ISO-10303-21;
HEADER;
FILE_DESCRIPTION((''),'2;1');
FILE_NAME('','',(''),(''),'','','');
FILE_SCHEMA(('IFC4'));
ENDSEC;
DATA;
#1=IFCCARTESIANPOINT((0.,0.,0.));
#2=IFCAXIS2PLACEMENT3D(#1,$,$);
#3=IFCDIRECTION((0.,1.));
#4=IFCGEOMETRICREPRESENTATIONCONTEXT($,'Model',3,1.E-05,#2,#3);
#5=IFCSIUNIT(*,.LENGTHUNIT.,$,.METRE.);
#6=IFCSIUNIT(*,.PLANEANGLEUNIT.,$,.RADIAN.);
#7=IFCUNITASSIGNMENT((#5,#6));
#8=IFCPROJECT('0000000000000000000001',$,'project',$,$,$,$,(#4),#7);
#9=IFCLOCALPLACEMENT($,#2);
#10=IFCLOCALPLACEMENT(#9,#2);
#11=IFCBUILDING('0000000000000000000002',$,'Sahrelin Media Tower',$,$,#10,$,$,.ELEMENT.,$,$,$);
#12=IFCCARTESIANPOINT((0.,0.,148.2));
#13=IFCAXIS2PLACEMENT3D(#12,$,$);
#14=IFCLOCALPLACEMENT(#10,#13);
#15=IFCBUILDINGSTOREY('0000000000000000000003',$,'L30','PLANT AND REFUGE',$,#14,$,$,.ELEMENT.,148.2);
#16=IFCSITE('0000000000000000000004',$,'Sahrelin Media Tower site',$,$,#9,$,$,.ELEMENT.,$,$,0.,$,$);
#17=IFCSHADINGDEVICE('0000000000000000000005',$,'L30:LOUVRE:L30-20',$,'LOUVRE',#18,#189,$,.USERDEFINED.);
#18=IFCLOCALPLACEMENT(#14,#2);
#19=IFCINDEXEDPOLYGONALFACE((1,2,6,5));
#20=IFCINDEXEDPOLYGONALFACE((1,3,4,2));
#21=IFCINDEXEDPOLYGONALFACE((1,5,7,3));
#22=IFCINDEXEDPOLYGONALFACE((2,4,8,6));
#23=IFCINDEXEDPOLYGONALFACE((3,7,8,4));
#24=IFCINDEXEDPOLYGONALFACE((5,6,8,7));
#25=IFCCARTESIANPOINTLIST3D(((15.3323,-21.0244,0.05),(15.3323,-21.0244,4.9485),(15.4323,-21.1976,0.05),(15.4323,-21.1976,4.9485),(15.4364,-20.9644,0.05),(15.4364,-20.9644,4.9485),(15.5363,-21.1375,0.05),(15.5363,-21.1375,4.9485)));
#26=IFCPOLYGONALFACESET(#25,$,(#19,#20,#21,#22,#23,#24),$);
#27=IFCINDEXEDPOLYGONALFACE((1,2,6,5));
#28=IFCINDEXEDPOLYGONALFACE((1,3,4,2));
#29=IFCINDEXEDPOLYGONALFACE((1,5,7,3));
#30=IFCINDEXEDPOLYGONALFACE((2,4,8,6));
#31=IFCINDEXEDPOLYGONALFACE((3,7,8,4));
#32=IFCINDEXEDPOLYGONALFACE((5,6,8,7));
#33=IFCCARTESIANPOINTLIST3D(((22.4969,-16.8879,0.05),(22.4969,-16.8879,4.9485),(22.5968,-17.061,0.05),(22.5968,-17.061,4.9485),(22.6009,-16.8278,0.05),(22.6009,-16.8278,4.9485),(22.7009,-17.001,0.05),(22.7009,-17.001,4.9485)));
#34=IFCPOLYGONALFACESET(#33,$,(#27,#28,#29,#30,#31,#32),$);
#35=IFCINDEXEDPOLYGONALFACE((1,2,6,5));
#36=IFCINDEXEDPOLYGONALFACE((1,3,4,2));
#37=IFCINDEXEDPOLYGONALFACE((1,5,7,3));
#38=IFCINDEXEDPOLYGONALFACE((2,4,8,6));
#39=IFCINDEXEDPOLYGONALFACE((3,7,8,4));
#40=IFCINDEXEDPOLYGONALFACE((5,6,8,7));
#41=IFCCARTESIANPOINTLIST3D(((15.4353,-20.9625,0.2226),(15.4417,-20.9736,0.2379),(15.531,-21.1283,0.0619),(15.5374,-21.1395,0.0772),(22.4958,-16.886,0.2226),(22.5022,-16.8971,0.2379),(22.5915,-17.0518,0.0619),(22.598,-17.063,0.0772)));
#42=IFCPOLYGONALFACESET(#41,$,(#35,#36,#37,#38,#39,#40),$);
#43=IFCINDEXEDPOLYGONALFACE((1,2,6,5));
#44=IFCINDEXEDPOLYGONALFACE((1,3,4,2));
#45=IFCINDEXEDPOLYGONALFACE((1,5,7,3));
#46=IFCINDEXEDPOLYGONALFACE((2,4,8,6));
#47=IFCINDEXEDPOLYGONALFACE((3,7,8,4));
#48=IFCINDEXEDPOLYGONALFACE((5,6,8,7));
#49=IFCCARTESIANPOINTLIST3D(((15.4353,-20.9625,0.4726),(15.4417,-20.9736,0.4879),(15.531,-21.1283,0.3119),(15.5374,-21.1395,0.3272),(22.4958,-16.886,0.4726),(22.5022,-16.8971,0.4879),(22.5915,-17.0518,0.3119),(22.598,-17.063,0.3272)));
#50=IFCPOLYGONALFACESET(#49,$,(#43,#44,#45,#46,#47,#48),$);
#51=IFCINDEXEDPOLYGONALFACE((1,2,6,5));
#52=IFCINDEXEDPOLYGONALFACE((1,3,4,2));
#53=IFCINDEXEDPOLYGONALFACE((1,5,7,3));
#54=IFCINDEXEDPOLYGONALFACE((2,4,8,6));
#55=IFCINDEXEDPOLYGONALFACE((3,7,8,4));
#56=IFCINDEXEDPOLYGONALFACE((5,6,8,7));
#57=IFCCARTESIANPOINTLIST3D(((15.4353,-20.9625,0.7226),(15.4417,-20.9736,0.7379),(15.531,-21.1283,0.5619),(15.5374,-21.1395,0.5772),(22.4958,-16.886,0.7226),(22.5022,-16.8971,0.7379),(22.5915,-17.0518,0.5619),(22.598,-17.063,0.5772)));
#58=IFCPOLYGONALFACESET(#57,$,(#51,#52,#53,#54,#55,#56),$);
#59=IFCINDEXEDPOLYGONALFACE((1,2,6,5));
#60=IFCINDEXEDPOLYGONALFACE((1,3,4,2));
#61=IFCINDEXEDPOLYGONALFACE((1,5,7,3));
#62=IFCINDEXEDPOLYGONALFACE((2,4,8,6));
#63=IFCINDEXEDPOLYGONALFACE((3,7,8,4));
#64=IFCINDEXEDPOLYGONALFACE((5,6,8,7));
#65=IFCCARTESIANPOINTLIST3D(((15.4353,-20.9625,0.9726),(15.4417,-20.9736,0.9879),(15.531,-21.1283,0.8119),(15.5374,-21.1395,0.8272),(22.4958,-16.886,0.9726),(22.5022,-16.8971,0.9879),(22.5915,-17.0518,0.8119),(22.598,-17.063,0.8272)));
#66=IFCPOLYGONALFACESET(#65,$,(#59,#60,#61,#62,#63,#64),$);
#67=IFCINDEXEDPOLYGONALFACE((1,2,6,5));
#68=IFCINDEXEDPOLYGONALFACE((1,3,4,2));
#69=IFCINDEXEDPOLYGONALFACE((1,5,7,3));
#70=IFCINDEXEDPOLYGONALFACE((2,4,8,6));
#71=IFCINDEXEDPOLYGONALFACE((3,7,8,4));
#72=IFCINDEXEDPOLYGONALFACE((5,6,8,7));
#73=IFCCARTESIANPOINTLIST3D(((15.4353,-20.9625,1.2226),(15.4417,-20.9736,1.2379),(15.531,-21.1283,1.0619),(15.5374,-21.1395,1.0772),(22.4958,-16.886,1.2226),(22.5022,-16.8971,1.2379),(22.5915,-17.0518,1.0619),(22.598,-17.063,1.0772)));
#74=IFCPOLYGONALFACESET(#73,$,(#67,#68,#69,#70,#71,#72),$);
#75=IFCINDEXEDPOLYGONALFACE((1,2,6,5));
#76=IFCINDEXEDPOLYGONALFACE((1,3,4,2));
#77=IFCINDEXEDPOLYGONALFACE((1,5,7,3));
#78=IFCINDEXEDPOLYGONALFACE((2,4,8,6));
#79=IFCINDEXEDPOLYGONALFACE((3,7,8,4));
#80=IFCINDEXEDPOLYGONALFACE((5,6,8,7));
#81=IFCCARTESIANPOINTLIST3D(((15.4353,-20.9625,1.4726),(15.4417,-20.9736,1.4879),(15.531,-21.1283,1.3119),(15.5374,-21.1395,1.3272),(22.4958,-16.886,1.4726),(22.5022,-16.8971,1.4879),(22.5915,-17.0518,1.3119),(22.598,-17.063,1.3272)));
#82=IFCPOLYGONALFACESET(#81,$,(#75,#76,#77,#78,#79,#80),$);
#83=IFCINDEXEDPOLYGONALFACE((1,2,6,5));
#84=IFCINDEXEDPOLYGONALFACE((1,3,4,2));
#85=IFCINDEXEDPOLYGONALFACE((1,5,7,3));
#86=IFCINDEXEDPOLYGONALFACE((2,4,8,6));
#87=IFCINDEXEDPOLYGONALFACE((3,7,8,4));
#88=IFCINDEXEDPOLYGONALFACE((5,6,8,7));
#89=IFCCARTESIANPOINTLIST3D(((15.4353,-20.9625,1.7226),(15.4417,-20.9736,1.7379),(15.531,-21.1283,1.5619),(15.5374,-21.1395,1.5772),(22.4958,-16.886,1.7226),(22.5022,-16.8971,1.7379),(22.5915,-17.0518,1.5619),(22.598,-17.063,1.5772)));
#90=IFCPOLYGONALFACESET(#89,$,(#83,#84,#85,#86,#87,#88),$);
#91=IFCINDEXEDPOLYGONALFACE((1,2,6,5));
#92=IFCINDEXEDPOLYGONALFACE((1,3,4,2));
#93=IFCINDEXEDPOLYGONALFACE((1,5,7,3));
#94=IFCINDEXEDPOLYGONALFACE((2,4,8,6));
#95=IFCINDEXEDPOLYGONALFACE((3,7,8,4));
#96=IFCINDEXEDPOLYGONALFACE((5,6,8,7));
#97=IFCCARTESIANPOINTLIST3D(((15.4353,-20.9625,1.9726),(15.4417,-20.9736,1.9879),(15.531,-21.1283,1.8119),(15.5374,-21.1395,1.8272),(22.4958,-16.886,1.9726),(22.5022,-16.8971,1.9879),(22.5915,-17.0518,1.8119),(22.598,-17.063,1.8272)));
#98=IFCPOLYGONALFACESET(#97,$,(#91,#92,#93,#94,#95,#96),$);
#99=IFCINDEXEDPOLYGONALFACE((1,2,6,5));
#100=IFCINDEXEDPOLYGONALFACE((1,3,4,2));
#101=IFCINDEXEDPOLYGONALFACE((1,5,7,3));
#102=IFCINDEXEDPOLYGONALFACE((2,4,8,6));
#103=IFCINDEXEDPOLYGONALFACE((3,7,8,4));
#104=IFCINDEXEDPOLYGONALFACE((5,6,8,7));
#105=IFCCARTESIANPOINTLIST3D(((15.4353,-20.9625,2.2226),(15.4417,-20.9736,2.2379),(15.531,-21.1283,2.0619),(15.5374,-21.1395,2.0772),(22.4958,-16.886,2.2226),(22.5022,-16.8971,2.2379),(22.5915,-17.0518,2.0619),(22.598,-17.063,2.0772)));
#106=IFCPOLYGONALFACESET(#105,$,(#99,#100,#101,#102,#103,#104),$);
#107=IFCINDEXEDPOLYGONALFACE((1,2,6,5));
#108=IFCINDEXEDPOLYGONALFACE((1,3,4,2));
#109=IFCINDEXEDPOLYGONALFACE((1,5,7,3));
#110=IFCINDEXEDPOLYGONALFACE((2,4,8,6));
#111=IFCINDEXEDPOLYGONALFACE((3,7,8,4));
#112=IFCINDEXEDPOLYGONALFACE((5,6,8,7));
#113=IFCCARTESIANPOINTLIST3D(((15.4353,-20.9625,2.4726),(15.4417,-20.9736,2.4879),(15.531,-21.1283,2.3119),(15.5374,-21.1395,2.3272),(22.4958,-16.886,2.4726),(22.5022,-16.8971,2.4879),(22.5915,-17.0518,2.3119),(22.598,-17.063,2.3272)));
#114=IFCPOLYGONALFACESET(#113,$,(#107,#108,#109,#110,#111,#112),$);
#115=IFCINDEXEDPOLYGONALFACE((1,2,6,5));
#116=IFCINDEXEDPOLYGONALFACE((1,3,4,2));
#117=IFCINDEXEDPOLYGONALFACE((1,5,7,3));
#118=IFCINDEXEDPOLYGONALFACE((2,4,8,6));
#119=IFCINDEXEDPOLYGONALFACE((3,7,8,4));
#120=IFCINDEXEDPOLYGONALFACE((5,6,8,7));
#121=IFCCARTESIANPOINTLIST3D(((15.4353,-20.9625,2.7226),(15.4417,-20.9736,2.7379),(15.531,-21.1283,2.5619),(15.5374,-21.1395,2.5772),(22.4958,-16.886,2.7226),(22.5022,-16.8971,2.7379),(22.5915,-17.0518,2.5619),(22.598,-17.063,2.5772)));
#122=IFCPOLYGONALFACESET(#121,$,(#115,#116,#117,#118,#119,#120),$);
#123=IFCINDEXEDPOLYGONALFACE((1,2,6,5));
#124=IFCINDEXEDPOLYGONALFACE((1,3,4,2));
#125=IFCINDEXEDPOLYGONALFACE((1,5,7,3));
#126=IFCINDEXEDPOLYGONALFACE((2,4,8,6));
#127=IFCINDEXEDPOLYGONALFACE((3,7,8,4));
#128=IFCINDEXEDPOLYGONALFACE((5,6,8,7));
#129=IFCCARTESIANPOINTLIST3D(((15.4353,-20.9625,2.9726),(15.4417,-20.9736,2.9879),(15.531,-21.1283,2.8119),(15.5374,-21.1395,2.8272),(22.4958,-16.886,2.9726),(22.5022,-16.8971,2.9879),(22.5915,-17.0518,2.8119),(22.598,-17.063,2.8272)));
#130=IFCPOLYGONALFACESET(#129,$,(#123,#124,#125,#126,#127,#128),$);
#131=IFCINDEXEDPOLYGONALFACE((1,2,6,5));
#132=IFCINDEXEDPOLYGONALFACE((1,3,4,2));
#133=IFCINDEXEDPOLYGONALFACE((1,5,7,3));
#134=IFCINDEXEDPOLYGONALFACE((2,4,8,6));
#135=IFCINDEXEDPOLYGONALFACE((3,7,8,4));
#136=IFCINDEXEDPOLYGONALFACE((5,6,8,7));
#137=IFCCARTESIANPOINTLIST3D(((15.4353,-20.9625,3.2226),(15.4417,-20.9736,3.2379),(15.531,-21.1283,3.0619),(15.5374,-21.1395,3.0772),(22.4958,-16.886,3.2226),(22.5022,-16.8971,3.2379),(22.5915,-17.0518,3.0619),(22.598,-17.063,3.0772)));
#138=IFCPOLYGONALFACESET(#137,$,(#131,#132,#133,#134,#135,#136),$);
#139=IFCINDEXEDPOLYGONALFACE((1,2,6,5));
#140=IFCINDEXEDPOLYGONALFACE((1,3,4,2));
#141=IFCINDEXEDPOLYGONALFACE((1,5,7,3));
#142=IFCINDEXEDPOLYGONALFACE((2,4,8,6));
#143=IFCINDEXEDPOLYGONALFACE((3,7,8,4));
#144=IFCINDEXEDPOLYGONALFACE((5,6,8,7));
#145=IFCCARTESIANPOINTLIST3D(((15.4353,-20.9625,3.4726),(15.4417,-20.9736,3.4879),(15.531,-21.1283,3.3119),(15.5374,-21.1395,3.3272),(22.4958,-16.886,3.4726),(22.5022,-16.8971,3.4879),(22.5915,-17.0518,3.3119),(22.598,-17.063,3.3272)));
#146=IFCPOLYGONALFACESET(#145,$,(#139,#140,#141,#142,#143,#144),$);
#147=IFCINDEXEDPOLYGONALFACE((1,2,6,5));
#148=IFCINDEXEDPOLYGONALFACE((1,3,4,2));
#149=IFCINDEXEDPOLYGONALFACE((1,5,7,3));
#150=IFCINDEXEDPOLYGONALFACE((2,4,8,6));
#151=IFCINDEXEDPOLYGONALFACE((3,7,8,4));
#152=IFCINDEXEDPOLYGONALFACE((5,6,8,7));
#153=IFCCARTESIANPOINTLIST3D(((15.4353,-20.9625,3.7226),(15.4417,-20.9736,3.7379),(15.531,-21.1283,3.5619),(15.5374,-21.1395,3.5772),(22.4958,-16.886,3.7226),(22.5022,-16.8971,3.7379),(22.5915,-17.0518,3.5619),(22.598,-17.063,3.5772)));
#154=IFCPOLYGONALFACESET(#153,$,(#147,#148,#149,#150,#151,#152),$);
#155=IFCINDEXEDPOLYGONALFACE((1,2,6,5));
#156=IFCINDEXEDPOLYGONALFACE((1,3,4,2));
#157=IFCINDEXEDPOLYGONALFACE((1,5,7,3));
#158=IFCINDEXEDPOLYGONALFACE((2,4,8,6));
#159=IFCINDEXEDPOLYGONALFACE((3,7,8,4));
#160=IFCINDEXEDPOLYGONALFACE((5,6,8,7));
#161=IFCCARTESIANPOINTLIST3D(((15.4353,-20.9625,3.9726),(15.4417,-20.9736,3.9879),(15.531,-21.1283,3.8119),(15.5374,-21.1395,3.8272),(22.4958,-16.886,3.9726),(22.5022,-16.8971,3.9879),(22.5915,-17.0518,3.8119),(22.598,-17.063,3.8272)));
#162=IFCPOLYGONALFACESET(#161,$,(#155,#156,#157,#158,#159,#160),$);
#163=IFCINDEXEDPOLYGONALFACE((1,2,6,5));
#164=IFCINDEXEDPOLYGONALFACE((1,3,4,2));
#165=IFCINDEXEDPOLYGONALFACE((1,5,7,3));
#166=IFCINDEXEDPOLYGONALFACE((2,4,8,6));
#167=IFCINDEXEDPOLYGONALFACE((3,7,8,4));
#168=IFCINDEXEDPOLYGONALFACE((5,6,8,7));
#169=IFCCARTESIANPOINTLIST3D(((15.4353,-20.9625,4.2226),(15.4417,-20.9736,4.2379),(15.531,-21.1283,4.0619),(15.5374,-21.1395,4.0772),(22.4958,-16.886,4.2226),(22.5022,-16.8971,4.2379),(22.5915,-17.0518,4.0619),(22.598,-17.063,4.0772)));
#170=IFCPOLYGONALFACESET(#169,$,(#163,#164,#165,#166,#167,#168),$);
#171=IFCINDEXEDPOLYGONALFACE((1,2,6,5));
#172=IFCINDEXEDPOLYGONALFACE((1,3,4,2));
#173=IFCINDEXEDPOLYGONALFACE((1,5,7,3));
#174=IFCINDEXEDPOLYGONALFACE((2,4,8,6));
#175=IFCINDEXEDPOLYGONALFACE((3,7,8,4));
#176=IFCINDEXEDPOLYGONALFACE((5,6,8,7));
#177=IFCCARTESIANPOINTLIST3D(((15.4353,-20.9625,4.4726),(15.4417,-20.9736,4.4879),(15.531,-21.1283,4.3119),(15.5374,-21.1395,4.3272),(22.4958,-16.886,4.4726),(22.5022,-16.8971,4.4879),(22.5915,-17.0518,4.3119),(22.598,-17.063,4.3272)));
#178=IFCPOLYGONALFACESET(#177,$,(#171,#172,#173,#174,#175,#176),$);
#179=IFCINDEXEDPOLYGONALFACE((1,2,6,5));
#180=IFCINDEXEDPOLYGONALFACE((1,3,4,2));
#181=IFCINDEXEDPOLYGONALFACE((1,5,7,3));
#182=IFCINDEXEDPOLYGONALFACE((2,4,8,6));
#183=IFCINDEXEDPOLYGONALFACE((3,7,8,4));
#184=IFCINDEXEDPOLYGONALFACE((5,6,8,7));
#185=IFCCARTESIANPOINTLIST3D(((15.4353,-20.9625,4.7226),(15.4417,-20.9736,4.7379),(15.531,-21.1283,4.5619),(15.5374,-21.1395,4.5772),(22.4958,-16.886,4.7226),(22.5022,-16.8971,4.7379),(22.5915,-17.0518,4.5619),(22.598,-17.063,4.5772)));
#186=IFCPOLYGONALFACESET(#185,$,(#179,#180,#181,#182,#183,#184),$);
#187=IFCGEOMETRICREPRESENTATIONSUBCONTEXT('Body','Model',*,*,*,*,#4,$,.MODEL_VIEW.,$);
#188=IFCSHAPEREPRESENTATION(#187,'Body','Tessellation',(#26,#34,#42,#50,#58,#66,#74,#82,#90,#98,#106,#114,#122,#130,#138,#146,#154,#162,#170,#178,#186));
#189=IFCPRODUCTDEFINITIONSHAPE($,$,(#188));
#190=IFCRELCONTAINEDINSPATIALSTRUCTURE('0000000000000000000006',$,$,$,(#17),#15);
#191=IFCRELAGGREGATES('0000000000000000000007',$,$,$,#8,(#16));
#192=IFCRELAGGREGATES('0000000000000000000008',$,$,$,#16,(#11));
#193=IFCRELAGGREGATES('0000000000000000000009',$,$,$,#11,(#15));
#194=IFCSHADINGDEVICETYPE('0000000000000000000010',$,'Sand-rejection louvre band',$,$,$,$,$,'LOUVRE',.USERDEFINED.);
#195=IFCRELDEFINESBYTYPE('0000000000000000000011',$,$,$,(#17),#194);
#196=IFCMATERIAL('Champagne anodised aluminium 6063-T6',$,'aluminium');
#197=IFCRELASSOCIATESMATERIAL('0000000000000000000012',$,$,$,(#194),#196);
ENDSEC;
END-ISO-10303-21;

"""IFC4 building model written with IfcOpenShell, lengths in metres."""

from ifc_helpers import new_model, si_unit, direction, frame, origin, origin_2d, place, context, subcontext, project, spatial, rectangle, extrude, material, type_object, element, save


model = new_model("IFC4")

# Units and contexts
model_context = context("Model", 3, precision=1e-05, world=origin(), true_north=direction((0.0, 1.0)))
body_context = subcontext(model_context, "Body", "Model", "MODEL_VIEW")
ifc_project = project(units=[si_unit("LENGTHUNIT", "METRE"), si_unit("PLANEANGLEUNIT", "RADIAN")], contexts=[model_context])

# Site, building, storey
site_placement = place(None, origin())
site = spatial("IfcSite", under=ifc_project, at=site_placement, Name="Sahrelin Media Tower site", CompositionType="ELEMENT", RefElevation=0.0)
building_placement = place(site_placement, origin())
building = spatial("IfcBuilding", under=site, at=building_placement, Name="Sahrelin Media Tower", CompositionType="ELEMENT")
storey_placement = place(building_placement, frame((0.0, 0.0, 148.2)))
storey = spatial("IfcBuildingStorey", under=building, at=storey_placement, Name="L30", Description="PLANT AND REFUGE", CompositionType="ELEMENT", Elevation=148.2)

# Shared definitions
ifc_material_1 = material(Name="Champagne anodised aluminium 6063-T6", Category="aluminium")

# Shading device
shading_device_type = type_object("IfcShadingDeviceType", Name="Sand-rejection louvre band", ElementType="LOUVRE", PredefinedType="USERDEFINED", material=ifc_material_1)
shading_device_1_placement = place(storey_placement, frame((18.9666, -18.926, 0.0), z_axis=(0.0, 0.0, 1.0), x_axis=(-0.866019, -0.500011, 0.0)))
element("IfcShadingDevice", 1, at=shading_device_1_placement, inside=storey, type_object=shading_device_type, Name="L30:LOUVRE:L30-20", ObjectType="LOUVRE", PredefinedType="USERDEFINED", context=body_context, shape_type="SweptSolid", body=[
    extrude(rectangle(XDim=0.1201, YDim=0.2, at=origin_2d()), frame((4.1365, 0.1001, 0.05), z_axis=(0.0, 0.0, 1.0), x_axis=(1.0, 0.0, 0.0)), (0.0, 0.0, 1.0), 4.8984),
    extrude(rectangle(XDim=0.1201, YDim=0.2, at=origin_2d()), frame((-4.1365, 0.1001, 0.05), z_axis=(0.0, 0.0, 1.0), x_axis=(1.0, 0.0, 0.0)), (0.0, 0.0, 1.0), 4.8984),
    extrude(rectangle(XDim=0.25, YDim=0.02, at=origin_2d()), frame((4.0764, 0.1001, 0.1499), z_axis=(-1.0, 0.0, 0.0), x_axis=(0.0, -0.766044, 0.642788)), (0.0, 0.0, 1.0), 8.1528),
    extrude(rectangle(XDim=0.25, YDim=0.02, at=origin_2d()), frame((4.0764, 0.1001, 0.3999), z_axis=(-1.0, 0.0, 0.0), x_axis=(0.0, -0.766044, 0.642788)), (0.0, 0.0, 1.0), 8.1528),
    extrude(rectangle(XDim=0.25, YDim=0.02, at=origin_2d()), frame((4.0764, 0.1001, 0.6499), z_axis=(-1.0, 0.0, 0.0), x_axis=(0.0, -0.766044, 0.642788)), (0.0, 0.0, 1.0), 8.1528),
    extrude(rectangle(XDim=0.25, YDim=0.02, at=origin_2d()), frame((4.0764, 0.1001, 0.8999), z_axis=(-1.0, 0.0, 0.0), x_axis=(0.0, -0.766044, 0.642788)), (0.0, 0.0, 1.0), 8.1528),
    extrude(rectangle(XDim=0.25, YDim=0.02, at=origin_2d()), frame((4.0764, 0.1001, 1.1499), z_axis=(-1.0, 0.0, 0.0), x_axis=(0.0, -0.766044, 0.642788)), (0.0, 0.0, 1.0), 8.1528),
    extrude(rectangle(XDim=0.25, YDim=0.02, at=origin_2d()), frame((4.0764, 0.1001, 1.3999), z_axis=(-1.0, 0.0, 0.0), x_axis=(0.0, -0.766044, 0.642788)), (0.0, 0.0, 1.0), 8.1528),
    extrude(rectangle(XDim=0.25, YDim=0.02, at=origin_2d()), frame((4.0764, 0.1001, 1.6499), z_axis=(-1.0, 0.0, 0.0), x_axis=(0.0, -0.766044, 0.642788)), (0.0, 0.0, 1.0), 8.1528),
    extrude(rectangle(XDim=0.25, YDim=0.02, at=origin_2d()), frame((4.0764, 0.1001, 1.8999), z_axis=(-1.0, 0.0, 0.0), x_axis=(0.0, -0.766044, 0.642788)), (0.0, 0.0, 1.0), 8.1528),
    extrude(rectangle(XDim=0.25, YDim=0.02, at=origin_2d()), frame((4.0764, 0.1001, 2.1499), z_axis=(-1.0, 0.0, 0.0), x_axis=(0.0, -0.766044, 0.642788)), (0.0, 0.0, 1.0), 8.1528),
    extrude(rectangle(XDim=0.25, YDim=0.02, at=origin_2d()), frame((4.0764, 0.1001, 2.3999), z_axis=(-1.0, 0.0, 0.0), x_axis=(0.0, -0.766044, 0.642788)), (0.0, 0.0, 1.0), 8.1528),
    extrude(rectangle(XDim=0.25, YDim=0.02, at=origin_2d()), frame((4.0764, 0.1001, 2.6499), z_axis=(-1.0, 0.0, 0.0), x_axis=(0.0, -0.766044, 0.642788)), (0.0, 0.0, 1.0), 8.1528),
    extrude(rectangle(XDim=0.25, YDim=0.02, at=origin_2d()), frame((4.0764, 0.1001, 2.8999), z_axis=(-1.0, 0.0, 0.0), x_axis=(0.0, -0.766044, 0.642788)), (0.0, 0.0, 1.0), 8.1528),
    extrude(rectangle(XDim=0.25, YDim=0.02, at=origin_2d()), frame((4.0764, 0.1001, 3.1499), z_axis=(-1.0, 0.0, 0.0), x_axis=(0.0, -0.766044, 0.642788)), (0.0, 0.0, 1.0), 8.1528),
    extrude(rectangle(XDim=0.25, YDim=0.02, at=origin_2d()), frame((4.0764, 0.1001, 3.3999), z_axis=(-1.0, 0.0, 0.0), x_axis=(0.0, -0.766044, 0.642788)), (0.0, 0.0, 1.0), 8.1528),
    extrude(rectangle(XDim=0.25, YDim=0.02, at=origin_2d()), frame((4.0764, 0.1001, 3.6499), z_axis=(-1.0, 0.0, 0.0), x_axis=(0.0, -0.766044, 0.642788)), (0.0, 0.0, 1.0), 8.1528),
    extrude(rectangle(XDim=0.25, YDim=0.02, at=origin_2d()), frame((4.0764, 0.1001, 3.8999), z_axis=(-1.0, 0.0, 0.0), x_axis=(0.0, -0.766044, 0.642788)), (0.0, 0.0, 1.0), 8.1528),
    extrude(rectangle(XDim=0.25, YDim=0.02, at=origin_2d()), frame((4.0764, 0.1001, 4.1499), z_axis=(-1.0, 0.0, 0.0), x_axis=(0.0, -0.766044, 0.642788)), (0.0, 0.0, 1.0), 8.1528),
    extrude(rectangle(XDim=0.25, YDim=0.02, at=origin_2d()), frame((4.0764, 0.1001, 4.3999), z_axis=(-1.0, 0.0, 0.0), x_axis=(0.0, -0.766044, 0.642788)), (0.0, 0.0, 1.0), 8.1528),
    extrude(rectangle(XDim=0.25, YDim=0.02, at=origin_2d()), frame((4.0764, 0.1001, 4.6499), z_axis=(-1.0, 0.0, 0.0), x_axis=(0.0, -0.766044, 0.642788)), (0.0, 0.0, 1.0), 8.1528),
])

save(model, "model.ifc")
